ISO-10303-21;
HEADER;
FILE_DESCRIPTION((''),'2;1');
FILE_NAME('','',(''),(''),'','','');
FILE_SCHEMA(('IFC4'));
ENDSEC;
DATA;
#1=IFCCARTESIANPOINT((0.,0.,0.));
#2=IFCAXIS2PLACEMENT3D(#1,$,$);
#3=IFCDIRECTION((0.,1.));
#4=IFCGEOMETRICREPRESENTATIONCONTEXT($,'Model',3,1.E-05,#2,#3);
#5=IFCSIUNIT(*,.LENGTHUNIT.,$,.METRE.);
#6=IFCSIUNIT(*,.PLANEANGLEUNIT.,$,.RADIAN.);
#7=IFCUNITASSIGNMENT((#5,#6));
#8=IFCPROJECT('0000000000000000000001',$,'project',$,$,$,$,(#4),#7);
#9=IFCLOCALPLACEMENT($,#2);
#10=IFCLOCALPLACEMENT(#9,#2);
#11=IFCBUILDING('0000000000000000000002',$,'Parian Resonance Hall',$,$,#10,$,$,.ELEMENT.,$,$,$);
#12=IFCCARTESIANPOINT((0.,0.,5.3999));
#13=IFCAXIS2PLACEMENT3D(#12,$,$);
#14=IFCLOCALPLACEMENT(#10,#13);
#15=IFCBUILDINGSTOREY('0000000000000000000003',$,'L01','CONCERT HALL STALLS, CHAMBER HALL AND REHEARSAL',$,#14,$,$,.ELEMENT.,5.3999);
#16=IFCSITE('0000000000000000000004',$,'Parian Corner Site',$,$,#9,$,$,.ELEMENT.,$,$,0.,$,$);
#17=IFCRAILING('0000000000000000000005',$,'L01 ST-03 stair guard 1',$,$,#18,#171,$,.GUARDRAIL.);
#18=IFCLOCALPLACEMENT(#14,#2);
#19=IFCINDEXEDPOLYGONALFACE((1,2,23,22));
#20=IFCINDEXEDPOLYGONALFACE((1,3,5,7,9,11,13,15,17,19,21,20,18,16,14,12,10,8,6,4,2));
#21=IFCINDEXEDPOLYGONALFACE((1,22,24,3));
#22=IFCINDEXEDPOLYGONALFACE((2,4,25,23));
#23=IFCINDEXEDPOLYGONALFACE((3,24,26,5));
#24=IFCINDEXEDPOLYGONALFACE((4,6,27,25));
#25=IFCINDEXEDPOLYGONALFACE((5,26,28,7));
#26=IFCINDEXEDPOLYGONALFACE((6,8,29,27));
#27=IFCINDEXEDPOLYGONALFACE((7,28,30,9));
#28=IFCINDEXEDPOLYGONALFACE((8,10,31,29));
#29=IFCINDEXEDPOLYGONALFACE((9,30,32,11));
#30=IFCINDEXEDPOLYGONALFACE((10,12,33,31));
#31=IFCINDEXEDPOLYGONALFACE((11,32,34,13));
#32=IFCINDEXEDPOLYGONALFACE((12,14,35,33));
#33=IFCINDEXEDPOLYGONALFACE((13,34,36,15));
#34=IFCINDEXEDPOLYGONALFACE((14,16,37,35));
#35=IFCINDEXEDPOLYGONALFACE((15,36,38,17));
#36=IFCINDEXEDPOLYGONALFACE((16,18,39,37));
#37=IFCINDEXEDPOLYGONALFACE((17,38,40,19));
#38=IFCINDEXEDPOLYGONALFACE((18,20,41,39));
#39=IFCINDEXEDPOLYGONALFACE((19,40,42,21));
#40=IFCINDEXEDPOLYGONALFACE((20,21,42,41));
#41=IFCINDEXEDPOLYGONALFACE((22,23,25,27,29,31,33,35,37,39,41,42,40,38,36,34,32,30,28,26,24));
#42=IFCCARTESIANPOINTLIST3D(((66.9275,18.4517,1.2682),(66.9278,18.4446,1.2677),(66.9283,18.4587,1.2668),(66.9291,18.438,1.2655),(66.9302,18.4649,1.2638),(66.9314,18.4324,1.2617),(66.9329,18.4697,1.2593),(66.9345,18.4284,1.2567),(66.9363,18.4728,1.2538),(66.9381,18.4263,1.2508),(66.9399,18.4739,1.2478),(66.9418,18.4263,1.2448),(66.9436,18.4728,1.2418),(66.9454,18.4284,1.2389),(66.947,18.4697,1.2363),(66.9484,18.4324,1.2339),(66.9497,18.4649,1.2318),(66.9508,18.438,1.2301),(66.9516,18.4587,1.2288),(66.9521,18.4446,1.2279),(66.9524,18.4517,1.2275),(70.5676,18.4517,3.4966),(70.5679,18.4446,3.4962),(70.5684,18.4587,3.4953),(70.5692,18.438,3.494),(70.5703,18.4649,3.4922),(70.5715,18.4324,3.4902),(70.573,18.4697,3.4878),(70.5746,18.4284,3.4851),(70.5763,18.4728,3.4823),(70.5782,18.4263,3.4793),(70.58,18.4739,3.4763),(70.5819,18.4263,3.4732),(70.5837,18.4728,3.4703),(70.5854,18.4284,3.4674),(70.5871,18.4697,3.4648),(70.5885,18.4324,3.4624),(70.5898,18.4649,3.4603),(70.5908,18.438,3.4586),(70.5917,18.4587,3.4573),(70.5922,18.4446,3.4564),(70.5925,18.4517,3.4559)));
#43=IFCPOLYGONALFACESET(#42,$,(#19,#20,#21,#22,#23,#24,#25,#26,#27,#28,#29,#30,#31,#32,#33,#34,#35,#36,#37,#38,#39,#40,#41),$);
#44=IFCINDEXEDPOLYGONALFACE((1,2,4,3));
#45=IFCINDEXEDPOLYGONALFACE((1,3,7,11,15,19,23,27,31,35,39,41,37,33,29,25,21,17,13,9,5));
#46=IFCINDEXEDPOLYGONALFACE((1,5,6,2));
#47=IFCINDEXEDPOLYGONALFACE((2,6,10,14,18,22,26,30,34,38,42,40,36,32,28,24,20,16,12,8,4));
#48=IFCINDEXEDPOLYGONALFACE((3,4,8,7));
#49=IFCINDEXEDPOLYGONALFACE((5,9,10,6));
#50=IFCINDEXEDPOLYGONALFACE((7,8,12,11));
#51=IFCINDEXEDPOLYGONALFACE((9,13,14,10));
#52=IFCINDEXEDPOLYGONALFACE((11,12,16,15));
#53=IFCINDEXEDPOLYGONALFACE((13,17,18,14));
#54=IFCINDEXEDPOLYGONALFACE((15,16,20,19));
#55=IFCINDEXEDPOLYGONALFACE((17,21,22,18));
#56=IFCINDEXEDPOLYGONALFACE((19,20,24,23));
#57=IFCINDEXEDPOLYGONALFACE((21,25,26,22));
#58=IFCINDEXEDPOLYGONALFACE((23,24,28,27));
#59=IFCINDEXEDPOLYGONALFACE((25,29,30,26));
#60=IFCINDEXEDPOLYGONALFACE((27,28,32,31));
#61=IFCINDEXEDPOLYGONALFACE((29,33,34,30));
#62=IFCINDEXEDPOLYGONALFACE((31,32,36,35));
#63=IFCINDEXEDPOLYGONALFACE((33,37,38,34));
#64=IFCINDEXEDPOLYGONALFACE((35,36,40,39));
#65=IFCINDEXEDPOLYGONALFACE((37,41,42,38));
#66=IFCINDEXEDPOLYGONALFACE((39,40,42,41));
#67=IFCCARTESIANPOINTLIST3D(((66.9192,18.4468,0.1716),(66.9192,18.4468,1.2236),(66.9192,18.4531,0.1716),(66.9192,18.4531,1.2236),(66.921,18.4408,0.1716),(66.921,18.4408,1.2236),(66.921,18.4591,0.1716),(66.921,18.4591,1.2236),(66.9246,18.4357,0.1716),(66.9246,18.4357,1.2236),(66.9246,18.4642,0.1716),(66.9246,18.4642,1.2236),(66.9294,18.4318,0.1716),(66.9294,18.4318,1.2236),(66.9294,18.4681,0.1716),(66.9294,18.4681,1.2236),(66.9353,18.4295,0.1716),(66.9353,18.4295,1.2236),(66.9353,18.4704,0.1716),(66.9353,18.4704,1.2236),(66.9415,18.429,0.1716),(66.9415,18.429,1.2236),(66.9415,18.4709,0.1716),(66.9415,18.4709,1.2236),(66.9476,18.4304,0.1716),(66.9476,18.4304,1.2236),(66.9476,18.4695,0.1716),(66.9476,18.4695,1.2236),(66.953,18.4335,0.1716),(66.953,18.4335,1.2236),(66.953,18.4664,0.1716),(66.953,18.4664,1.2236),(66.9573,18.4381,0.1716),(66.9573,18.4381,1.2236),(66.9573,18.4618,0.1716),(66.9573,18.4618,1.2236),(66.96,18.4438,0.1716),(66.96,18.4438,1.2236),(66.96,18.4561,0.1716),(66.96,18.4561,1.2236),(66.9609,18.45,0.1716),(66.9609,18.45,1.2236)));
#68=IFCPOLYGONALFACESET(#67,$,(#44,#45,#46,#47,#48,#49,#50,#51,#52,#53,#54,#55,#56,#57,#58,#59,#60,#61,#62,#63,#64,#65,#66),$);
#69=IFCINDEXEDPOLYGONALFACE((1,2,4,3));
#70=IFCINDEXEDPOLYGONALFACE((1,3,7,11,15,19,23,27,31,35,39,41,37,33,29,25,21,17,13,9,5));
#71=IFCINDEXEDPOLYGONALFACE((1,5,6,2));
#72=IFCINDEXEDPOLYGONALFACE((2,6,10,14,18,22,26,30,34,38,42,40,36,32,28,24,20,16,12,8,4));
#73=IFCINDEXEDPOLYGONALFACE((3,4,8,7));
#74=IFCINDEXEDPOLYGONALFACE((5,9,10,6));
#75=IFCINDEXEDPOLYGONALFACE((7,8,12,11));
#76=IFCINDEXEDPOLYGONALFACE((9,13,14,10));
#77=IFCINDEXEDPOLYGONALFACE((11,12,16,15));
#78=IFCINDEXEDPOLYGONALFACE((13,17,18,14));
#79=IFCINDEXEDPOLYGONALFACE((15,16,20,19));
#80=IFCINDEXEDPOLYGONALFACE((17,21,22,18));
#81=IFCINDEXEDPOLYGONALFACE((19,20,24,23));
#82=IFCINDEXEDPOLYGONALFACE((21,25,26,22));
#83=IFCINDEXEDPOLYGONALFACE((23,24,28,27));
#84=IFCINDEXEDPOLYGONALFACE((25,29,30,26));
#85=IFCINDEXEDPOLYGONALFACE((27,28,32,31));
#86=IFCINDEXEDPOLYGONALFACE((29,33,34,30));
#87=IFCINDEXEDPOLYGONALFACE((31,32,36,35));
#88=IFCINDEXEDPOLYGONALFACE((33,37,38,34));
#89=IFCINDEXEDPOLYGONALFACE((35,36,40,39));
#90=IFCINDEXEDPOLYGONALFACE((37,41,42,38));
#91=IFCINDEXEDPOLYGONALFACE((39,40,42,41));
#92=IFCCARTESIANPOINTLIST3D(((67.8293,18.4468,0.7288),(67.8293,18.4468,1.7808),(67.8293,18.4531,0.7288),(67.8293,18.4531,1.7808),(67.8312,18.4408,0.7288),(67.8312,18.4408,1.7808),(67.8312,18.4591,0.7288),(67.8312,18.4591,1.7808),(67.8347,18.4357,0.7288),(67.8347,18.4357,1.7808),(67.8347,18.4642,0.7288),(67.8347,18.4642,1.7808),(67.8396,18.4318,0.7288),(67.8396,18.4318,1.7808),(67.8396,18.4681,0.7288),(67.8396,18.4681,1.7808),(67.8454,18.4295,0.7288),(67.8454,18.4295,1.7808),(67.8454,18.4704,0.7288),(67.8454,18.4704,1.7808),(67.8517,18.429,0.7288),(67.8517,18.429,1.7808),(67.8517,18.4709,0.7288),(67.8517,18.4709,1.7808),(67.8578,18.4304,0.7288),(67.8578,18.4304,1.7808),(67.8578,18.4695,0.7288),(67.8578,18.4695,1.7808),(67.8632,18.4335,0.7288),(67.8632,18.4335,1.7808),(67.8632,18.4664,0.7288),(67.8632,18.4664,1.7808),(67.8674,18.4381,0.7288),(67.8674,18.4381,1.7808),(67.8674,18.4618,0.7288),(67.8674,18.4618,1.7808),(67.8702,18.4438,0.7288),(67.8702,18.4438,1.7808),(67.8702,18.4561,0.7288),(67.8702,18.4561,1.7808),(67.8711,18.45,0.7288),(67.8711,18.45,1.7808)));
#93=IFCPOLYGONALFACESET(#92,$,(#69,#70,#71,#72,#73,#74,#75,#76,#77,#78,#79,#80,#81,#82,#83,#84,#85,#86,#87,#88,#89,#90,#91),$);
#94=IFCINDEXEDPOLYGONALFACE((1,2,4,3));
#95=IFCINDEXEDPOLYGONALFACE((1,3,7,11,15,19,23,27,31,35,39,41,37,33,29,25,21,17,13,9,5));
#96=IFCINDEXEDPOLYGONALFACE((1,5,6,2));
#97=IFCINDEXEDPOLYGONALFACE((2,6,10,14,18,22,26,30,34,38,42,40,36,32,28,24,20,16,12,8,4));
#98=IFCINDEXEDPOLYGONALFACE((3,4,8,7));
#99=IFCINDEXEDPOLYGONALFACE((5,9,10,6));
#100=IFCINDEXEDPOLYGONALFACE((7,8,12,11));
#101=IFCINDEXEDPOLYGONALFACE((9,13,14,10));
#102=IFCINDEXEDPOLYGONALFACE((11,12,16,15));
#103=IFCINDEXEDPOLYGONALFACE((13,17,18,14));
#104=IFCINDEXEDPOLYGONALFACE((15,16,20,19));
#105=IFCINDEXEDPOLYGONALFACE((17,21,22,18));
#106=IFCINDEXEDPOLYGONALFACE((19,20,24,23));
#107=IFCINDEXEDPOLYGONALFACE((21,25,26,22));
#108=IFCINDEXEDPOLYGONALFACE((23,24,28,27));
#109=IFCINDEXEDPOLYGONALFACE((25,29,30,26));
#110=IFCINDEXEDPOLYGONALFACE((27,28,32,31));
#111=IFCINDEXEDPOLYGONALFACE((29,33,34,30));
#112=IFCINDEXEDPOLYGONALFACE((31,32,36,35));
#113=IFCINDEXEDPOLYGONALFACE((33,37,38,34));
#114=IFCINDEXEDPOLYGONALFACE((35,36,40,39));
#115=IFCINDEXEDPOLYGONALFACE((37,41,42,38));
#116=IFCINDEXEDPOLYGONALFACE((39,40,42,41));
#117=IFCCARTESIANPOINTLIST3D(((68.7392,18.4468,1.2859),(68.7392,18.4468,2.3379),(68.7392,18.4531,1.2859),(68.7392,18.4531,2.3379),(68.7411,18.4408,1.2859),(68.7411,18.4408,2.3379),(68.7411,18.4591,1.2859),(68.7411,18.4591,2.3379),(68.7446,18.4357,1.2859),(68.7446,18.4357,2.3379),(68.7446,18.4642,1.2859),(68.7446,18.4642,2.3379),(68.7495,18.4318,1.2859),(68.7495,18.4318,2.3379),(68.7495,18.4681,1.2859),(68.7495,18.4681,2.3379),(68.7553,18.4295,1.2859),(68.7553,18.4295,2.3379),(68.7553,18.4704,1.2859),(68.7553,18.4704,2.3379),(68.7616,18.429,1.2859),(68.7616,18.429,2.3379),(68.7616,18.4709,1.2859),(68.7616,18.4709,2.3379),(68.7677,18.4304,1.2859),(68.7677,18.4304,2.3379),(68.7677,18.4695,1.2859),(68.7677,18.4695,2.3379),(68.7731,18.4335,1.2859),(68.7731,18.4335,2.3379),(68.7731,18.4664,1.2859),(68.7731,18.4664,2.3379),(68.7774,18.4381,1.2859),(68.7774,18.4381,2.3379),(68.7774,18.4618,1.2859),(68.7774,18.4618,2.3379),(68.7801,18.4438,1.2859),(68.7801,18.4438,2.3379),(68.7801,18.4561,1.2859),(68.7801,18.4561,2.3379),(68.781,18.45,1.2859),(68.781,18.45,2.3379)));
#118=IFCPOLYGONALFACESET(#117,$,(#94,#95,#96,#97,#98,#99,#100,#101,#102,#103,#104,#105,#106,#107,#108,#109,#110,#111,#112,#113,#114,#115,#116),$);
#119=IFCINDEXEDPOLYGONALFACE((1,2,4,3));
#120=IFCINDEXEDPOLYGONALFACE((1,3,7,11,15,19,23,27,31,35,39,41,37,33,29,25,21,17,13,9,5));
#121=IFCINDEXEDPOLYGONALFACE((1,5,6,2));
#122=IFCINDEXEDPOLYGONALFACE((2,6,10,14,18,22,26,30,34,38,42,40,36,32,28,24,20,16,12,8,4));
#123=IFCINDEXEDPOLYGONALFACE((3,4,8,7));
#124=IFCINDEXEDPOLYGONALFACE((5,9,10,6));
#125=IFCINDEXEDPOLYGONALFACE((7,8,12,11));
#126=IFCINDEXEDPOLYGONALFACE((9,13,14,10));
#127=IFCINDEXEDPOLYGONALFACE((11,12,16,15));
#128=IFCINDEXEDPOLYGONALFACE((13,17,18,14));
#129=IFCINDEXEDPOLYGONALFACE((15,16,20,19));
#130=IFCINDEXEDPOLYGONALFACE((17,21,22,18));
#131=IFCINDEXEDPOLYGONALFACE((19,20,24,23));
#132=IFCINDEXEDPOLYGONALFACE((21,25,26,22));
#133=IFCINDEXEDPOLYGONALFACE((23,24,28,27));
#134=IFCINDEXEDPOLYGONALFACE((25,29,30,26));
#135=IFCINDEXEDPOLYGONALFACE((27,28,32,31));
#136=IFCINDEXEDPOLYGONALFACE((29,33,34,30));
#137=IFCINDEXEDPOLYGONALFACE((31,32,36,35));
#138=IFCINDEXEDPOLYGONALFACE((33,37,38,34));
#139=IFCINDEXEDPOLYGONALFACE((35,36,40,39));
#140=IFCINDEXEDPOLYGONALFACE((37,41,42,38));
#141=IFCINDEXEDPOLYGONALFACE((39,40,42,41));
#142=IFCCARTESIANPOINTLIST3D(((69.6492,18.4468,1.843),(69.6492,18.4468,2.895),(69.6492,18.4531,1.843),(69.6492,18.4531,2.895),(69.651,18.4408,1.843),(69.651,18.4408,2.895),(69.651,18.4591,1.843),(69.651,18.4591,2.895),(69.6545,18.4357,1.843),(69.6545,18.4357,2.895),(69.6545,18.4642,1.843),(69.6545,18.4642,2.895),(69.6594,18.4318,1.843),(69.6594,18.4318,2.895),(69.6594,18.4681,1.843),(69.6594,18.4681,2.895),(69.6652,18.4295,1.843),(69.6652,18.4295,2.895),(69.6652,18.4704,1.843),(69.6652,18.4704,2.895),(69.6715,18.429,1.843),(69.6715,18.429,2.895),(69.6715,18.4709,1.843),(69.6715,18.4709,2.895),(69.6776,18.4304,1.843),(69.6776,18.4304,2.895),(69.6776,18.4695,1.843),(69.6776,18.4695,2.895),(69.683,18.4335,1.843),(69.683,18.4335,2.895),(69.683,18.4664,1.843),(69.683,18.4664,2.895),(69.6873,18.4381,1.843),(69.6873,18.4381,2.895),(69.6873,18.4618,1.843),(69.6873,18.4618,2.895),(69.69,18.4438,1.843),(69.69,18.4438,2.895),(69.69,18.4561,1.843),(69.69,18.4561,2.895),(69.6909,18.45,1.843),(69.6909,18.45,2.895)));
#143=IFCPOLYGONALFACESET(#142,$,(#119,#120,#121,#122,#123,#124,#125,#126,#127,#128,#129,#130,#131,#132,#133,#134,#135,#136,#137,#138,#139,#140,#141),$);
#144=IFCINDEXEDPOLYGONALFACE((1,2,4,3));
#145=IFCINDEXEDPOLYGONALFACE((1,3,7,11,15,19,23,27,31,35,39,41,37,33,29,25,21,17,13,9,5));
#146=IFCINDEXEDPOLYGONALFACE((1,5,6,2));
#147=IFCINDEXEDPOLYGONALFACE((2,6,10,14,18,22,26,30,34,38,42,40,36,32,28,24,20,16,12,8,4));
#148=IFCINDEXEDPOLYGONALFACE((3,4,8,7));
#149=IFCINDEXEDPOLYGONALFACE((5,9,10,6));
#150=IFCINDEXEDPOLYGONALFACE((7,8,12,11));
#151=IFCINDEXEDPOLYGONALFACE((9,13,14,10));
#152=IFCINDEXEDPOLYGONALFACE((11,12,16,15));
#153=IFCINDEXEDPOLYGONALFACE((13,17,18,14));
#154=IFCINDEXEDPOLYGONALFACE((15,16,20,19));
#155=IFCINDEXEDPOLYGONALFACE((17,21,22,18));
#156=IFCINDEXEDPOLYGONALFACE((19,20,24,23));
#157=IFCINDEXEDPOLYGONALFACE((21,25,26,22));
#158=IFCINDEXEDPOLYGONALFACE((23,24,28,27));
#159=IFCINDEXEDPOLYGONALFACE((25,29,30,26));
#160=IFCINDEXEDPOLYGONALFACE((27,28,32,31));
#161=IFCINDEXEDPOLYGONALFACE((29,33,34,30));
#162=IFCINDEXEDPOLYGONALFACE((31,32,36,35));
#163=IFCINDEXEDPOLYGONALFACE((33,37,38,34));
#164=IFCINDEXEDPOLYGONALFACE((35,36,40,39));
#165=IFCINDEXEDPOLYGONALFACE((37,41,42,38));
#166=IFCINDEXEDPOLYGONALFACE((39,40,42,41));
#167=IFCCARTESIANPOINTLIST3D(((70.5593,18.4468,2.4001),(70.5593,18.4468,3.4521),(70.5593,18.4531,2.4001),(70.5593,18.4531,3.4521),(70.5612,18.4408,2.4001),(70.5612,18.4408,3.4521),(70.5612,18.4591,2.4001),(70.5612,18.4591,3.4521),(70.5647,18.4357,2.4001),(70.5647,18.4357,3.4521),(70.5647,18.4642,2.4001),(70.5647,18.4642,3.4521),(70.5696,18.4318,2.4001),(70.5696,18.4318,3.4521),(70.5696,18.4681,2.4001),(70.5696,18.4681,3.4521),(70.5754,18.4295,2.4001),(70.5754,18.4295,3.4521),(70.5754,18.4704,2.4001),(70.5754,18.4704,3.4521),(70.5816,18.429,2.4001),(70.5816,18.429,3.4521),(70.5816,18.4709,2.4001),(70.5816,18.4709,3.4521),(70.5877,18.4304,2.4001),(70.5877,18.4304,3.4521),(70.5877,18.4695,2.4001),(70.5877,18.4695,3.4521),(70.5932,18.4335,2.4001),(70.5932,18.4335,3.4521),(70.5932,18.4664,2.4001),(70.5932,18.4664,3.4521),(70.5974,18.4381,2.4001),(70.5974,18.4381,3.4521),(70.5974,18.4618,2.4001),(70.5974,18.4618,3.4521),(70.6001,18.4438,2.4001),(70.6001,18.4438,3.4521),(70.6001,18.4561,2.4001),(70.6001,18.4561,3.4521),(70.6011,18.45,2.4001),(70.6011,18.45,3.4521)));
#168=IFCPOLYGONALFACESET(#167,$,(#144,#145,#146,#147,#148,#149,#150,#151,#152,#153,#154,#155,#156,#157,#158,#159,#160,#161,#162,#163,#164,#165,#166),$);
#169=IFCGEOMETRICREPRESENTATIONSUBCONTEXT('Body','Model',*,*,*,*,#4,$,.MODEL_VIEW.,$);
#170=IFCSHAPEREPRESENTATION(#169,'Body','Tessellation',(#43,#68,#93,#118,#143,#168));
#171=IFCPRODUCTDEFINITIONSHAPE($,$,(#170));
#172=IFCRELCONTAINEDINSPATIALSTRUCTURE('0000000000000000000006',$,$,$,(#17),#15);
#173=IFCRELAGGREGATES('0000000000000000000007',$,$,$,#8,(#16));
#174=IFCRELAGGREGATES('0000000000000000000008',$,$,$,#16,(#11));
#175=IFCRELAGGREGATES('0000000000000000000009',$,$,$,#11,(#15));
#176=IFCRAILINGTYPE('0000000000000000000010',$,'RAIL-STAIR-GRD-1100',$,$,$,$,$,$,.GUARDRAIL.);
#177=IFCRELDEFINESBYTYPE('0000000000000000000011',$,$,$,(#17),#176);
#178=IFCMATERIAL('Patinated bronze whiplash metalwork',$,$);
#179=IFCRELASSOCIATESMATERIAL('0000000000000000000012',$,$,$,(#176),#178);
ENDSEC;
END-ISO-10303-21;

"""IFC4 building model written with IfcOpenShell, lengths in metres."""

from ifc_helpers import new_model, si_unit, direction, frame, origin, origin_2d, place, context, subcontext, project, spatial, circle, extrude, material, type_object, element, save


model = new_model("IFC4")

# Units and contexts
model_context = context("Model", 3, precision=1e-05, world=origin(), true_north=direction((0.0, 1.0)))
body_context = subcontext(model_context, "Body", "Model", "MODEL_VIEW")
ifc_project = project(units=[si_unit("LENGTHUNIT", "METRE"), si_unit("PLANEANGLEUNIT", "RADIAN")], contexts=[model_context])

# Site, building, storey
site_placement = place(None, origin())
site = spatial("IfcSite", under=ifc_project, at=site_placement, Name="Parian Corner Site", CompositionType="ELEMENT", RefElevation=0.0)
building_placement = place(site_placement, origin())
building = spatial("IfcBuilding", under=site, at=building_placement, Name="Parian Resonance Hall", CompositionType="ELEMENT")
storey_placement = place(building_placement, frame((0.0, 0.0, 5.3999)))
storey = spatial("IfcBuildingStorey", under=building, at=storey_placement, Name="L01", Description="CONCERT HALL STALLS, CHAMBER HALL AND REHEARSAL", CompositionType="ELEMENT", Elevation=5.3999)

# Railing
ifc_material_1 = material(Name="Patinated bronze whiplash metalwork")
railing_type_1 = type_object("IfcRailingType", Name="RAIL-STAIR-GRD-1100", PredefinedType="GUARDRAIL", material=ifc_material_1)
railing_1_placement = place(storey_placement, frame((66.9399, 18.45, 0.1716)))
element("IfcRailing", 1, at=railing_1_placement, inside=storey, type_object=railing_type_1, Name="L01 ST-03 stair guard 1", PredefinedType="GUARDRAIL", context=body_context, shape_type="SweptSolid", body=[
    extrude(circle(Radius=0.0239, at=origin_2d()), frame((0.0, 0.0, 1.0762), z_axis=(0.852866, 0.0, 0.52213), x_axis=(0.0, 1.0, 0.0)), (0.0, 0.0, 1.0), 4.2681),
    extrude(circle(Radius=0.021, at=origin_2d()), origin(), (0.0, 0.0, 1.0), 1.052),
    extrude(circle(Radius=0.021, at=origin_2d()), frame((0.9102, 0.0, 0.5571)), (0.0, 0.0, 1.0), 1.052),
    extrude(circle(Radius=0.021, at=origin_2d()), frame((1.8201, 0.0, 1.1143)), (0.0, 0.0, 1.0), 1.052),
    extrude(circle(Radius=0.021, at=origin_2d()), frame((2.73, 0.0, 1.6714)), (0.0, 0.0, 1.0), 1.052),
    extrude(circle(Radius=0.021, at=origin_2d()), frame((3.6401, 0.0, 2.2285)), (0.0, 0.0, 1.0), 1.052),
])

save(model, "model.ifc")
